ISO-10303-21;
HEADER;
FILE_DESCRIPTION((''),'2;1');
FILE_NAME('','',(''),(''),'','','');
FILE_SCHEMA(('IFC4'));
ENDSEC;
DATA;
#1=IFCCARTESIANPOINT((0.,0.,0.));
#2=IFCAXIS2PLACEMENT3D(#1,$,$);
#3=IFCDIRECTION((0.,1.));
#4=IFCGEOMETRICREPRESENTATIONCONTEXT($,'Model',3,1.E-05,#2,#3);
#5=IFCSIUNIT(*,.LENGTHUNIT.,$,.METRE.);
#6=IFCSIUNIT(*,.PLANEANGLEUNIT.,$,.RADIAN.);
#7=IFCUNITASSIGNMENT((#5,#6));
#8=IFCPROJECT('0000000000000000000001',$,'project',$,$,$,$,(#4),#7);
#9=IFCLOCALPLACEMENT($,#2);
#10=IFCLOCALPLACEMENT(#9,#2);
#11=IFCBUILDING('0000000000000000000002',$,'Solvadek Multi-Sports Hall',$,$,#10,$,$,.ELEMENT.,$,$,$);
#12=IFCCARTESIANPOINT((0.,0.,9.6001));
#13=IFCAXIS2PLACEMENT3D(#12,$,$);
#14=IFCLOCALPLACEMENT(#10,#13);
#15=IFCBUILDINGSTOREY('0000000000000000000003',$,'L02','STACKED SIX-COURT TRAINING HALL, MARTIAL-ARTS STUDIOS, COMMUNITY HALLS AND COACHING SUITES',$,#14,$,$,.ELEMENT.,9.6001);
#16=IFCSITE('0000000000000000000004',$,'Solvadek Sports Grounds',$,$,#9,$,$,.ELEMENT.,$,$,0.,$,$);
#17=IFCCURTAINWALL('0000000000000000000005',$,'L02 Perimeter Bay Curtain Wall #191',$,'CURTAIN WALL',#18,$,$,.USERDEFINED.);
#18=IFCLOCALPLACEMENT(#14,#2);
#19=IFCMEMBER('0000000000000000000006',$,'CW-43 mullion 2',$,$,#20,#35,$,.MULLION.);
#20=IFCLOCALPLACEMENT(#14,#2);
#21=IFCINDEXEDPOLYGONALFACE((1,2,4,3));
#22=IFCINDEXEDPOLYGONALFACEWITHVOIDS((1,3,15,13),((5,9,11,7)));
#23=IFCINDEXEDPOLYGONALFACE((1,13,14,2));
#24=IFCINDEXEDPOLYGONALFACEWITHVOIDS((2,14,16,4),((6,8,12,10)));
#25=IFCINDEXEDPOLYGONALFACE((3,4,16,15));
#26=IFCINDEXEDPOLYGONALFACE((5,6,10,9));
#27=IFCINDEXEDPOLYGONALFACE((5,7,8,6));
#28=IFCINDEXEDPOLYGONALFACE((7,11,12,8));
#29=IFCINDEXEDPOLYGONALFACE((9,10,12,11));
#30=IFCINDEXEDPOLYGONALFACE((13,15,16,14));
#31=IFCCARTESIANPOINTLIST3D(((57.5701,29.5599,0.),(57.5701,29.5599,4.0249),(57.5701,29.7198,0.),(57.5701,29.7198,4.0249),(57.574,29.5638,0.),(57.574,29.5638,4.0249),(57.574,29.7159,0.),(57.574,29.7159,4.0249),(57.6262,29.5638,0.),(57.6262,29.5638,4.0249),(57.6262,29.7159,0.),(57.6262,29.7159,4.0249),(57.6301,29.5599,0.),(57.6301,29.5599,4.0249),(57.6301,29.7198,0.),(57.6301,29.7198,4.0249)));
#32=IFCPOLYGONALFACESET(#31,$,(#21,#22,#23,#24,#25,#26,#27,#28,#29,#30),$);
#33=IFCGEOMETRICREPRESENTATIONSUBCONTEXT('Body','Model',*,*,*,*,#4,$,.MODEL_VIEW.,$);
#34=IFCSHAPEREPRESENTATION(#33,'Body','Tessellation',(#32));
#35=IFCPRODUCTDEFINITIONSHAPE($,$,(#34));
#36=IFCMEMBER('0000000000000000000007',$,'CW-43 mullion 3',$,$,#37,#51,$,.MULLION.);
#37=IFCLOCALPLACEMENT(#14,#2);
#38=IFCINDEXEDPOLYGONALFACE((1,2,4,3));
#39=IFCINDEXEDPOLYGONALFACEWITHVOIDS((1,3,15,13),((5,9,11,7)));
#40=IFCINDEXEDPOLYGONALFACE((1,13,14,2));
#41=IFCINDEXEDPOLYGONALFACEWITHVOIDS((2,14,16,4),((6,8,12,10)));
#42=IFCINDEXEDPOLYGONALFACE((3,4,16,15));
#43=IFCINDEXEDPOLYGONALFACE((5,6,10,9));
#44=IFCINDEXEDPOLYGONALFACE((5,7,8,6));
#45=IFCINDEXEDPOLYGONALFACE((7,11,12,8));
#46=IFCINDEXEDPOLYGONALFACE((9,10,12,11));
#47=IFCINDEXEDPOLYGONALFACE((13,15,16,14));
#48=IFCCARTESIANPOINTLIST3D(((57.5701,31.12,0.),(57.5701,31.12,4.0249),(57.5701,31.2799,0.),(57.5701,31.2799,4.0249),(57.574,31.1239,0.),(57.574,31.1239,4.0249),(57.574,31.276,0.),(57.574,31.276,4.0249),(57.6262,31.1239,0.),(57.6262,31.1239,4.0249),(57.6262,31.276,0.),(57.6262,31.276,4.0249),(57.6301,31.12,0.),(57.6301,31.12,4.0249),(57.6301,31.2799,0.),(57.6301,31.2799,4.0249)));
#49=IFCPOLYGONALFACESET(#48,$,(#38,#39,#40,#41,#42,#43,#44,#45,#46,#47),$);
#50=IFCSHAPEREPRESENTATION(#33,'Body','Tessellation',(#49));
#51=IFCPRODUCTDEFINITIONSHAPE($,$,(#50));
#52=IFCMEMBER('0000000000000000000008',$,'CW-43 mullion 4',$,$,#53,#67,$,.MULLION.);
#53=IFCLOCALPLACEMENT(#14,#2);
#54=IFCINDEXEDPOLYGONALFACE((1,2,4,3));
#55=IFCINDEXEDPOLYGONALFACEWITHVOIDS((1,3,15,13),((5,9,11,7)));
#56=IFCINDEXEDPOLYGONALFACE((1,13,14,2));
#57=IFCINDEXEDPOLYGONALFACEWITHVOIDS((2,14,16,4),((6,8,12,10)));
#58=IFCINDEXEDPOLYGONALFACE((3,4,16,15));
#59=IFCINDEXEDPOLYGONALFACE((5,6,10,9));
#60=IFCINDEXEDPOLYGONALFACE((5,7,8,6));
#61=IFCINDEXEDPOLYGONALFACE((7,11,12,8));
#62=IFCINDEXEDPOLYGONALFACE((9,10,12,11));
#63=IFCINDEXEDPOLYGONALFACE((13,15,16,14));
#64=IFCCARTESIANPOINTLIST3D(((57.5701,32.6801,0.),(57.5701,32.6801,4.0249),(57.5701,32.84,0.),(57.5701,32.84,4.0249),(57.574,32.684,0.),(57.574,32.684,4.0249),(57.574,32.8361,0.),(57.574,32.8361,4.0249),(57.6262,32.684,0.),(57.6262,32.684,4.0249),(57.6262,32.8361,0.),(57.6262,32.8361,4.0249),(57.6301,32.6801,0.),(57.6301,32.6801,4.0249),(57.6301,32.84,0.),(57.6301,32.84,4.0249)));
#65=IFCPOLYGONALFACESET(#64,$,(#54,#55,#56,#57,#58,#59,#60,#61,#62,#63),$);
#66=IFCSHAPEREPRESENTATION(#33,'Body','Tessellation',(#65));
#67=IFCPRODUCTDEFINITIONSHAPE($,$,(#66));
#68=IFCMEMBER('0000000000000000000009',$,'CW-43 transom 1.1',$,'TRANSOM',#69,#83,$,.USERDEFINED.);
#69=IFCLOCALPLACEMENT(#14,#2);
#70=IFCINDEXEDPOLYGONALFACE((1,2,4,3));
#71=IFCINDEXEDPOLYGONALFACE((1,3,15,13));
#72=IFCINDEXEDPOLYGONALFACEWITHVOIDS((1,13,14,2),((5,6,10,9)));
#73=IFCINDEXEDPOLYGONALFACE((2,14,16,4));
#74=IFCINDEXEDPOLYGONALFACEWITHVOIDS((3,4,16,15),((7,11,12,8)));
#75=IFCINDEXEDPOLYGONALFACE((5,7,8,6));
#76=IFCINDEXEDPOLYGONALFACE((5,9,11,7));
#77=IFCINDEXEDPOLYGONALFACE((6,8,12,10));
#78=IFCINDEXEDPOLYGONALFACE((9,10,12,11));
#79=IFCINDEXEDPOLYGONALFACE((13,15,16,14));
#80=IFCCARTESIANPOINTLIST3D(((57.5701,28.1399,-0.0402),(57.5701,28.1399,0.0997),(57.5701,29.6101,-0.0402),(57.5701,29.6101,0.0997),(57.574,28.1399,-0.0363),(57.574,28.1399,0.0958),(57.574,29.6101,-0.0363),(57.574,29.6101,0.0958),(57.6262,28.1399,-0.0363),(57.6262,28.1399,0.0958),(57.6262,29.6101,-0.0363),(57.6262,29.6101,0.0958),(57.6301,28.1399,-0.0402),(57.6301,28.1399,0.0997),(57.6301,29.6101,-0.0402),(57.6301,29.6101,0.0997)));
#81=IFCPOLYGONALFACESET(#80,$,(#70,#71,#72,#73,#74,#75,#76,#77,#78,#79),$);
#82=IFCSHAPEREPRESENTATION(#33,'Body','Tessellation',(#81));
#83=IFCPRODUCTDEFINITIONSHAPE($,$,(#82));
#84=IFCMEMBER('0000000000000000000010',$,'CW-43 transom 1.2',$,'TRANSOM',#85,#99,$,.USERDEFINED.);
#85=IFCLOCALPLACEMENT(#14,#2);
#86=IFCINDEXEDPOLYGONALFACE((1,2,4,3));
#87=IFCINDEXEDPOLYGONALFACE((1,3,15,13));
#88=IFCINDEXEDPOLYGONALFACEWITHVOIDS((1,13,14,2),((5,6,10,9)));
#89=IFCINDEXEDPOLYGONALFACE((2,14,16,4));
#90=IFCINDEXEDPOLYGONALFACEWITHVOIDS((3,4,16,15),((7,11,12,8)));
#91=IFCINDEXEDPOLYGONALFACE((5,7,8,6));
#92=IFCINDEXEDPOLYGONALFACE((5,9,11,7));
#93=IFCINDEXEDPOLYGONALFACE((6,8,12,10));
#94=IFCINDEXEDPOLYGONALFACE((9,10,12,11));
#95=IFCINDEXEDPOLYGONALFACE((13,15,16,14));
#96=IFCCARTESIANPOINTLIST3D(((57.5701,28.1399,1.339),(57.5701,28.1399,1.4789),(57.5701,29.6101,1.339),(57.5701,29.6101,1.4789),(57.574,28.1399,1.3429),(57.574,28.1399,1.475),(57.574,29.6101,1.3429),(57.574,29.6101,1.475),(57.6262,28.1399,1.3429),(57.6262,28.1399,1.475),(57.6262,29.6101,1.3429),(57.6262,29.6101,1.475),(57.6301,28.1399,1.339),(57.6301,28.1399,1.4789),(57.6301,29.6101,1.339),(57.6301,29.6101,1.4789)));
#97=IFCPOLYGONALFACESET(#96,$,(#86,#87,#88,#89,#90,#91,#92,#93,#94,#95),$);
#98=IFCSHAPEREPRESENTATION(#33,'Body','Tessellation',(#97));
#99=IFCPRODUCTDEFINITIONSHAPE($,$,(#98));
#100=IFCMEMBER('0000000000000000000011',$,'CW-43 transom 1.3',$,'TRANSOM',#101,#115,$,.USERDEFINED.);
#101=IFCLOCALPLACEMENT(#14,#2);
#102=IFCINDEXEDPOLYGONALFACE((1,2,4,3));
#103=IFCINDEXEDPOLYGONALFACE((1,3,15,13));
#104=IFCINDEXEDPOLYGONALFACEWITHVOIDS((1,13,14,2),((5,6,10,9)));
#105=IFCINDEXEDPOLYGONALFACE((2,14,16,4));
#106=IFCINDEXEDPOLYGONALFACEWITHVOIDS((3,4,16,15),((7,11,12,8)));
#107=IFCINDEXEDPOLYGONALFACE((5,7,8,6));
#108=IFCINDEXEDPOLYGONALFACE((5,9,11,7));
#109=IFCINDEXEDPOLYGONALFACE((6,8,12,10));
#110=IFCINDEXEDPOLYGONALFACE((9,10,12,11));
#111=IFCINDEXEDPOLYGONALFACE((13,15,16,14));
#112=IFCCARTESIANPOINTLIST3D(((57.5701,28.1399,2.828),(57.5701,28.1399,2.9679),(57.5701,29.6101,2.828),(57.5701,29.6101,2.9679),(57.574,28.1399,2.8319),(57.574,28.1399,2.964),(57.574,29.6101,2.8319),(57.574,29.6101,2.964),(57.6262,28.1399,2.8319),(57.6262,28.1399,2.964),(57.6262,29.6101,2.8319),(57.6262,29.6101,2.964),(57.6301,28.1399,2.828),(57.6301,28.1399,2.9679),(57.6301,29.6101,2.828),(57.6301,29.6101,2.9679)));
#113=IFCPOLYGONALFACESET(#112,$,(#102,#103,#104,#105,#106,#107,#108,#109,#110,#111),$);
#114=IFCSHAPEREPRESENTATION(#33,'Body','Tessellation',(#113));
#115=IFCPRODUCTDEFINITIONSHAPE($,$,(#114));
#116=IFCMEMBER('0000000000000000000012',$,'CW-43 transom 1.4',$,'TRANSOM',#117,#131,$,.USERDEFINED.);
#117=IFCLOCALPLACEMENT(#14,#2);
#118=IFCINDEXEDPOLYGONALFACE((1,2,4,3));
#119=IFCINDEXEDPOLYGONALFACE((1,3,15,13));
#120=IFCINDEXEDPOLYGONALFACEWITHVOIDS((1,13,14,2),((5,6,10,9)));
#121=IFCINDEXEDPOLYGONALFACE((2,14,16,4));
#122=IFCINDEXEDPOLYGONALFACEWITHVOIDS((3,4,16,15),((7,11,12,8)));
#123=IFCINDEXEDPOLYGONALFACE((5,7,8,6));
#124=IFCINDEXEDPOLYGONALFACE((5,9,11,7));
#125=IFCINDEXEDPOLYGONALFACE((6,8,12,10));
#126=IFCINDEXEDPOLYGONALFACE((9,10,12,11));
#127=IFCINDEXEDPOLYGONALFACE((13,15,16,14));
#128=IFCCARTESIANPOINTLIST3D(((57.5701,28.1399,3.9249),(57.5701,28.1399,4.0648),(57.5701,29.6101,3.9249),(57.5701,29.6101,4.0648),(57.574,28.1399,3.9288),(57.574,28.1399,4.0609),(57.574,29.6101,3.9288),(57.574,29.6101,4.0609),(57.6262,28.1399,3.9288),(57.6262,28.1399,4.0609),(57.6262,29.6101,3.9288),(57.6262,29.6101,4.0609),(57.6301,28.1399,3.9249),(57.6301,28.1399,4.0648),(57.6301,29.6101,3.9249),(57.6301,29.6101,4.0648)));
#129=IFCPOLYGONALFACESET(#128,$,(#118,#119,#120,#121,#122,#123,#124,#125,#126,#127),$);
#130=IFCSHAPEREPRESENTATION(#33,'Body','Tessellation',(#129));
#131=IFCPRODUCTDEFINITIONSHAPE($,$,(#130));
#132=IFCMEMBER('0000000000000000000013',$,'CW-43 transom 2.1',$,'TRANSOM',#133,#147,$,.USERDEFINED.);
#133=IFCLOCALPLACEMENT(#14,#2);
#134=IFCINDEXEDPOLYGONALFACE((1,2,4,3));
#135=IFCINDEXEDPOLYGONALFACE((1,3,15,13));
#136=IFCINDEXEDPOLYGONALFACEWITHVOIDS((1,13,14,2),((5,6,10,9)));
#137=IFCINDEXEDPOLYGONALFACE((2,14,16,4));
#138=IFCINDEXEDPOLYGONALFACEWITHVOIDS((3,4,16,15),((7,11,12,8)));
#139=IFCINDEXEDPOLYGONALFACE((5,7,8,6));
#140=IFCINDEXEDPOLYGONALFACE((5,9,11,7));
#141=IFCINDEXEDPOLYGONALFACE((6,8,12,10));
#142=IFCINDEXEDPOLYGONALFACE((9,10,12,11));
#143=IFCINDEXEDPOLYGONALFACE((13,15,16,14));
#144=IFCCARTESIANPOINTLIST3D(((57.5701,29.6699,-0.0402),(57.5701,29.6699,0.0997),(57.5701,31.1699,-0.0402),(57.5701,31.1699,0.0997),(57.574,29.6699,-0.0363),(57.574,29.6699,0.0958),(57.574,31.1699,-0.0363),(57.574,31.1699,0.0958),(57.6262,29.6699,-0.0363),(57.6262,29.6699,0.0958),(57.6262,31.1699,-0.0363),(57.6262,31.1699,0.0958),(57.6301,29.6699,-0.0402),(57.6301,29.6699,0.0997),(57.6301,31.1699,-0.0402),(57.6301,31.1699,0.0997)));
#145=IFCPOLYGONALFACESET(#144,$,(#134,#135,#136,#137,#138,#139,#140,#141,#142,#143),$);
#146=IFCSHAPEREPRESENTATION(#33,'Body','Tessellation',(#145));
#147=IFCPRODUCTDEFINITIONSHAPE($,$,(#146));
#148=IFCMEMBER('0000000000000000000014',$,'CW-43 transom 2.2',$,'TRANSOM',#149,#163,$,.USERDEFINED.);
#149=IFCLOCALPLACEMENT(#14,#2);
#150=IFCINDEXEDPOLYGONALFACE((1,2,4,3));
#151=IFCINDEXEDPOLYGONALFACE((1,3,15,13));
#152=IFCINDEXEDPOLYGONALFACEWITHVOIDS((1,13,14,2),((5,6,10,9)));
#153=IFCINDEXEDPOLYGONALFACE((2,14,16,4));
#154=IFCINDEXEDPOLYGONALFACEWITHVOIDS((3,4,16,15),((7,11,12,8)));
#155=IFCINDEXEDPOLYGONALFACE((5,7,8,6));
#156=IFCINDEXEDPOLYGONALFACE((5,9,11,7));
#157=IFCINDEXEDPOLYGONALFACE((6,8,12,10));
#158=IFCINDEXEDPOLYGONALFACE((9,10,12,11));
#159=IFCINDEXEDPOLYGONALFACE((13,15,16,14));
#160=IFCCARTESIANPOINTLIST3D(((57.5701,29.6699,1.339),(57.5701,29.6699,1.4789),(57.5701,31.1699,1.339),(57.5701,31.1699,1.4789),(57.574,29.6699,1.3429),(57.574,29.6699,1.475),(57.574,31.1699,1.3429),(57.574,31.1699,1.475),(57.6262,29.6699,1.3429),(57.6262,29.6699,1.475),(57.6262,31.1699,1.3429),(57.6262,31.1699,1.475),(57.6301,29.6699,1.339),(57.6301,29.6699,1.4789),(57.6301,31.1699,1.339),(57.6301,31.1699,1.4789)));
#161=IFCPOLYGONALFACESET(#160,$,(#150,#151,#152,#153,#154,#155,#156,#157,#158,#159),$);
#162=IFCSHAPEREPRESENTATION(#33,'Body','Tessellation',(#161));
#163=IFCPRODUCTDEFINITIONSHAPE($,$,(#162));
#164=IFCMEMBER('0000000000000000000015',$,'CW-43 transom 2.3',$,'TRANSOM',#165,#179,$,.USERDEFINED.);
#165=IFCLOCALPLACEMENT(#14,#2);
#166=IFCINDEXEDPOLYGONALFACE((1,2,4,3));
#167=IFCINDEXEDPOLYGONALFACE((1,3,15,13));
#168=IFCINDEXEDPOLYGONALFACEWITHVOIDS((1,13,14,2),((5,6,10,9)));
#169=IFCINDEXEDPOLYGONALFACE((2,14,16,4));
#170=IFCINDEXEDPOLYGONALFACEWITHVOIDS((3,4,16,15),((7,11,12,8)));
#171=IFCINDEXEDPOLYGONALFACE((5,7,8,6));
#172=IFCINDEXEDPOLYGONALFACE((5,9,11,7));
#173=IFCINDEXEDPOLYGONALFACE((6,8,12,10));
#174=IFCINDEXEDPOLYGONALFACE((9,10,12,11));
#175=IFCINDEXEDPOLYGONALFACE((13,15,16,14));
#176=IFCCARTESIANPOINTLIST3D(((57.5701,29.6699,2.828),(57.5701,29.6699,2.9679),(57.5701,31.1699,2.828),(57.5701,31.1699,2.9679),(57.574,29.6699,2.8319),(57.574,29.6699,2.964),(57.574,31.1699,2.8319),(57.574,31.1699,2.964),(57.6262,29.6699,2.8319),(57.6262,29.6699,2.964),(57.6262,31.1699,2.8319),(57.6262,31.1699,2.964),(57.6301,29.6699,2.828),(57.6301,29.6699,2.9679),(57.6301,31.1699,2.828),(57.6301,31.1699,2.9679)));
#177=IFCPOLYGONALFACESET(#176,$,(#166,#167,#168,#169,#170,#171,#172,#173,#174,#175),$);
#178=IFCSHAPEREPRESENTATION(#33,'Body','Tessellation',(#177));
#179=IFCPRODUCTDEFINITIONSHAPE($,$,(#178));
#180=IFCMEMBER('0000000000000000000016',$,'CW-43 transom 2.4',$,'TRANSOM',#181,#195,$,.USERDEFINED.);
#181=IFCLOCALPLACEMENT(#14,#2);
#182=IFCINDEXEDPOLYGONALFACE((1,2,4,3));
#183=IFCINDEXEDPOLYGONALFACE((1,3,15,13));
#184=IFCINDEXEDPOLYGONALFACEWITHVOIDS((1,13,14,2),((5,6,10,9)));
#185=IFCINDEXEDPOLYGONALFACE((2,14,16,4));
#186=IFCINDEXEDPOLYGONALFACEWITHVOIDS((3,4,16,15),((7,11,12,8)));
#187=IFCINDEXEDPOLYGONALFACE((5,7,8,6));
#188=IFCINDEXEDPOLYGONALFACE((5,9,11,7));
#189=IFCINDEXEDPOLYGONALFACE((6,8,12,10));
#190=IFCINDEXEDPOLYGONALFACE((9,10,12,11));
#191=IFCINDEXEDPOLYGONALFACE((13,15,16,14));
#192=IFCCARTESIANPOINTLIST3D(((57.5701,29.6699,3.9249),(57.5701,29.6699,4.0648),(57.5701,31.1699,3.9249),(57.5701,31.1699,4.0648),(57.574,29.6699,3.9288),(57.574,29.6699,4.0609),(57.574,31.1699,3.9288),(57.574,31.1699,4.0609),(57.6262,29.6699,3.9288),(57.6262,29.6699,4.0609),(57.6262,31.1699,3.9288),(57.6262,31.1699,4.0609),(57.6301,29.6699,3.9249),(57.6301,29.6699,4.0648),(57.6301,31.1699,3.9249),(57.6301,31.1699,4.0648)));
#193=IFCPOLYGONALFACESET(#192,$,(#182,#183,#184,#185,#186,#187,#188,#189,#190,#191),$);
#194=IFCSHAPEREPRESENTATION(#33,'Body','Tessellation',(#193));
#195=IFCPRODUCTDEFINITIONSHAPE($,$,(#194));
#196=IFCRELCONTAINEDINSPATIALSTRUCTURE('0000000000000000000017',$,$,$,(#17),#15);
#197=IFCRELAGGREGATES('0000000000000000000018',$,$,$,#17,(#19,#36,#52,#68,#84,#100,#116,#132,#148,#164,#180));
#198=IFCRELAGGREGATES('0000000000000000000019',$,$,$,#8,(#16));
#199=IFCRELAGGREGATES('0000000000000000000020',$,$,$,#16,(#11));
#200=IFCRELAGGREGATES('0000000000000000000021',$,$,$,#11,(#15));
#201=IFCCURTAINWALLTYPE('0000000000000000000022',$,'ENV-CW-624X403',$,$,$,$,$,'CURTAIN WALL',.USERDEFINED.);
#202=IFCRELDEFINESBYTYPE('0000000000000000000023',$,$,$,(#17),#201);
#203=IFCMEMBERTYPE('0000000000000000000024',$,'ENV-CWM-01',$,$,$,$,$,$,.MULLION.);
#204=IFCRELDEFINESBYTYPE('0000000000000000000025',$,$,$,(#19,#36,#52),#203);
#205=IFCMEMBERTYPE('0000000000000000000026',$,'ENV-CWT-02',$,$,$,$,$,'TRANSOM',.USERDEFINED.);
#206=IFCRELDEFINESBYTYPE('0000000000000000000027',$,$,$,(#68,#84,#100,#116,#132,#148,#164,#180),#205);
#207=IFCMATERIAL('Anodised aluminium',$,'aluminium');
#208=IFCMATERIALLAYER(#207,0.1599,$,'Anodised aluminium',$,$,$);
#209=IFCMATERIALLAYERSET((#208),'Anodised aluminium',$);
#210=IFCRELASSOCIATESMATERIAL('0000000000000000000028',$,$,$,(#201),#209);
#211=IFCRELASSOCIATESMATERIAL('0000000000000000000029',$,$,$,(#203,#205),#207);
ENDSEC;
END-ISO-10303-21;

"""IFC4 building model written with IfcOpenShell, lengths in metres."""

from ifc_helpers import new_model, si_unit, direction, frame, origin, origin_2d, place, context, subcontext, project, spatial, hollow_rectangle, extrude, material, layer, layer_set, material_profile, profile_set, type_object, element, aggregate, save


model = new_model("IFC4")

# Units and contexts
model_context = context("Model", 3, precision=1e-05, world=origin(), true_north=direction((0.0, 1.0)))
body_context = subcontext(model_context, "Body", "Model", "MODEL_VIEW")
ifc_project = project(units=[si_unit("LENGTHUNIT", "METRE"), si_unit("PLANEANGLEUNIT", "RADIAN")], contexts=[model_context])

# Site, building, storey
site_placement = place(None, origin())
site = spatial("IfcSite", under=ifc_project, at=site_placement, Name="Solvadek Sports Grounds", CompositionType="ELEMENT", RefElevation=0.0)
building_placement = place(site_placement, origin())
building = spatial("IfcBuilding", under=site, at=building_placement, Name="Solvadek Multi-Sports Hall", CompositionType="ELEMENT")
storey_placement = place(building_placement, frame((0.0, 0.0, 9.6001)))
storey = spatial("IfcBuildingStorey", under=building, at=storey_placement, Name="L02", Description="STACKED SIX-COURT TRAINING HALL, MARTIAL-ARTS STUDIOS, COMMUNITY HALLS AND COACHING SUITES", CompositionType="ELEMENT", Elevation=9.6001)

# Curtain wall, members
ifc_material_1 = material(Name="Anodised aluminium", Category="aluminium")
ifc_layer_1 = layer(ifc_material_1, 0.1599, Name="Anodised aluminium")
ifc_layer_set_1 = layer_set([ifc_layer_1], Name="Anodised aluminium")
curtain_wall_type = type_object("IfcCurtainWallType", Name="ENV-CW-624X403", ElementType="CURTAIN WALL", PredefinedType="USERDEFINED", material=ifc_layer_set_1)
curtain_wall_placement = place(storey_placement, origin())
curtain_wall = element("IfcCurtainWall", 1, at=curtain_wall_placement, inside=storey, type_object=curtain_wall_type, Name="L02 Perimeter Bay Curtain Wall #191", ObjectType="CURTAIN WALL", PredefinedType="USERDEFINED")
ifc_material_profile_1 = material_profile(ifc_material_1, hollow_rectangle(XDim=0.0601, YDim=0.1599, WallThickness=0.0039, at=origin_2d()), Name="ALU-M 160x60x4")
ifc_profile_set_1 = profile_set([ifc_material_profile_1], Name="Anodised aluminium")
member_type_1 = type_object("IfcMemberType", Name="ENV-CWM-01", PredefinedType="MULLION", material=ifc_profile_set_1)
member_1_placement = place(storey_placement, frame((57.6001, 29.6399, 0.0), z_axis=(0.0, 0.0, 1.0), x_axis=(-1.0, 0.0, 0.0)))
member_1 = element("IfcMember", 2, at=member_1_placement, type_object=member_type_1, Name="CW-43 mullion 2", PredefinedType="MULLION", context=body_context, shape_type="SweptSolid", body=[
    extrude(hollow_rectangle(XDim=0.0601, YDim=0.1599, WallThickness=0.0039, at=origin_2d()), origin(), (0.0, 0.0, 1.0), 4.0249),
])
member_2_placement = place(storey_placement, frame((57.6001, 31.2, 0.0), z_axis=(0.0, 0.0, 1.0), x_axis=(-1.0, 0.0, 0.0)))
member_2 = element("IfcMember", 3, at=member_2_placement, type_object=member_type_1, Name="CW-43 mullion 3", PredefinedType="MULLION", context=body_context, shape_type="SweptSolid", body=[
    extrude(hollow_rectangle(XDim=0.0601, YDim=0.1599, WallThickness=0.0039, at=origin_2d()), origin(), (0.0, 0.0, 1.0), 4.0249),
])
member_3_placement = place(storey_placement, frame((57.6001, 32.76, 0.0), z_axis=(0.0, 0.0, 1.0), x_axis=(-1.0, 0.0, 0.0)))
member_3 = element("IfcMember", 4, at=member_3_placement, type_object=member_type_1, Name="CW-43 mullion 4", PredefinedType="MULLION", context=body_context, shape_type="SweptSolid", body=[
    extrude(hollow_rectangle(XDim=0.0601, YDim=0.1599, WallThickness=0.0039, at=origin_2d()), origin(), (0.0, 0.0, 1.0), 4.0249),
])
ifc_material_profile_2 = material_profile(ifc_material_1, hollow_rectangle(XDim=0.0601, YDim=0.1399, WallThickness=0.0039, at=origin_2d()), Name="ALU-T 140x60x4")
ifc_profile_set_2 = profile_set([ifc_material_profile_2], Name="Anodised aluminium")
member_type_2 = type_object("IfcMemberType", Name="ENV-CWT-02", ElementType="TRANSOM", PredefinedType="USERDEFINED", material=ifc_profile_set_2)
member_4_placement = place(storey_placement, frame((57.6001, 28.1399, 0.0298), z_axis=(0.0, 1.0, 0.0), x_axis=(-1.0, 0.0, 0.0)))
member_4 = element("IfcMember", 5, at=member_4_placement, type_object=member_type_2, Name="CW-43 transom 1.1", ObjectType="TRANSOM", PredefinedType="USERDEFINED", context=body_context, shape_type="SweptSolid", body=[
    extrude(hollow_rectangle(XDim=0.0601, YDim=0.1399, WallThickness=0.0039, at=origin_2d()), origin(), (0.0, 0.0, 1.0), 1.4702),
])
member_5_placement = place(storey_placement, frame((57.6001, 28.1399, 1.4089), z_axis=(0.0, 1.0, 0.0), x_axis=(-1.0, 0.0, 0.0)))
member_5 = element("IfcMember", 6, at=member_5_placement, type_object=member_type_2, Name="CW-43 transom 1.2", ObjectType="TRANSOM", PredefinedType="USERDEFINED", context=body_context, shape_type="SweptSolid", body=[
    extrude(hollow_rectangle(XDim=0.0601, YDim=0.1399, WallThickness=0.0039, at=origin_2d()), origin(), (0.0, 0.0, 1.0), 1.4702),
])
member_6_placement = place(storey_placement, frame((57.6001, 28.1399, 2.8979), z_axis=(0.0, 1.0, 0.0), x_axis=(-1.0, 0.0, 0.0)))
member_6 = element("IfcMember", 7, at=member_6_placement, type_object=member_type_2, Name="CW-43 transom 1.3", ObjectType="TRANSOM", PredefinedType="USERDEFINED", context=body_context, shape_type="SweptSolid", body=[
    extrude(hollow_rectangle(XDim=0.0601, YDim=0.1399, WallThickness=0.0039, at=origin_2d()), origin(), (0.0, 0.0, 1.0), 1.4702),
])
member_7_placement = place(storey_placement, frame((57.6001, 28.1399, 3.9949), z_axis=(0.0, 1.0, 0.0), x_axis=(-1.0, 0.0, 0.0)))
member_7 = element("IfcMember", 8, at=member_7_placement, type_object=member_type_2, Name="CW-43 transom 1.4", ObjectType="TRANSOM", PredefinedType="USERDEFINED", context=body_context, shape_type="SweptSolid", body=[
    extrude(hollow_rectangle(XDim=0.0601, YDim=0.1399, WallThickness=0.0039, at=origin_2d()), origin(), (0.0, 0.0, 1.0), 1.4702),
])
member_8_placement = place(storey_placement, frame((57.6001, 29.6699, 0.0298), z_axis=(0.0, 1.0, 0.0), x_axis=(-1.0, 0.0, 0.0)))
member_8 = element("IfcMember", 9, at=member_8_placement, type_object=member_type_2, Name="CW-43 transom 2.1", ObjectType="TRANSOM", PredefinedType="USERDEFINED", context=body_context, shape_type="SweptSolid", body=[
    extrude(hollow_rectangle(XDim=0.0601, YDim=0.1399, WallThickness=0.0039, at=origin_2d()), origin(), (0.0, 0.0, 1.0), 1.5),
])
member_9_placement = place(storey_placement, frame((57.6001, 29.6699, 1.4089), z_axis=(0.0, 1.0, 0.0), x_axis=(-1.0, 0.0, 0.0)))
member_9 = element("IfcMember", 10, at=member_9_placement, type_object=member_type_2, Name="CW-43 transom 2.2", ObjectType="TRANSOM", PredefinedType="USERDEFINED", context=body_context, shape_type="SweptSolid", body=[
    extrude(hollow_rectangle(XDim=0.0601, YDim=0.1399, WallThickness=0.0039, at=origin_2d()), origin(), (0.0, 0.0, 1.0), 1.5),
])
member_10_placement = place(storey_placement, frame((57.6001, 29.6699, 2.8979), z_axis=(0.0, 1.0, 0.0), x_axis=(-1.0, 0.0, 0.0)))
member_10 = element("IfcMember", 11, at=member_10_placement, type_object=member_type_2, Name="CW-43 transom 2.3", ObjectType="TRANSOM", PredefinedType="USERDEFINED", context=body_context, shape_type="SweptSolid", body=[
    extrude(hollow_rectangle(XDim=0.0601, YDim=0.1399, WallThickness=0.0039, at=origin_2d()), origin(), (0.0, 0.0, 1.0), 1.5),
])
member_11_placement = place(storey_placement, frame((57.6001, 29.6699, 3.9949), z_axis=(0.0, 1.0, 0.0), x_axis=(-1.0, 0.0, 0.0)))
member_11 = element("IfcMember", 12, at=member_11_placement, type_object=member_type_2, Name="CW-43 transom 2.4", ObjectType="TRANSOM", PredefinedType="USERDEFINED", context=body_context, shape_type="SweptSolid", body=[
    extrude(hollow_rectangle(XDim=0.0601, YDim=0.1399, WallThickness=0.0039, at=origin_2d()), origin(), (0.0, 0.0, 1.0), 1.5),
])
aggregate(curtain_wall, [member_1, member_2, member_3, member_4, member_5, member_6, member_7, member_8, member_9, member_10, member_11])

save(model, "model.ifc")
